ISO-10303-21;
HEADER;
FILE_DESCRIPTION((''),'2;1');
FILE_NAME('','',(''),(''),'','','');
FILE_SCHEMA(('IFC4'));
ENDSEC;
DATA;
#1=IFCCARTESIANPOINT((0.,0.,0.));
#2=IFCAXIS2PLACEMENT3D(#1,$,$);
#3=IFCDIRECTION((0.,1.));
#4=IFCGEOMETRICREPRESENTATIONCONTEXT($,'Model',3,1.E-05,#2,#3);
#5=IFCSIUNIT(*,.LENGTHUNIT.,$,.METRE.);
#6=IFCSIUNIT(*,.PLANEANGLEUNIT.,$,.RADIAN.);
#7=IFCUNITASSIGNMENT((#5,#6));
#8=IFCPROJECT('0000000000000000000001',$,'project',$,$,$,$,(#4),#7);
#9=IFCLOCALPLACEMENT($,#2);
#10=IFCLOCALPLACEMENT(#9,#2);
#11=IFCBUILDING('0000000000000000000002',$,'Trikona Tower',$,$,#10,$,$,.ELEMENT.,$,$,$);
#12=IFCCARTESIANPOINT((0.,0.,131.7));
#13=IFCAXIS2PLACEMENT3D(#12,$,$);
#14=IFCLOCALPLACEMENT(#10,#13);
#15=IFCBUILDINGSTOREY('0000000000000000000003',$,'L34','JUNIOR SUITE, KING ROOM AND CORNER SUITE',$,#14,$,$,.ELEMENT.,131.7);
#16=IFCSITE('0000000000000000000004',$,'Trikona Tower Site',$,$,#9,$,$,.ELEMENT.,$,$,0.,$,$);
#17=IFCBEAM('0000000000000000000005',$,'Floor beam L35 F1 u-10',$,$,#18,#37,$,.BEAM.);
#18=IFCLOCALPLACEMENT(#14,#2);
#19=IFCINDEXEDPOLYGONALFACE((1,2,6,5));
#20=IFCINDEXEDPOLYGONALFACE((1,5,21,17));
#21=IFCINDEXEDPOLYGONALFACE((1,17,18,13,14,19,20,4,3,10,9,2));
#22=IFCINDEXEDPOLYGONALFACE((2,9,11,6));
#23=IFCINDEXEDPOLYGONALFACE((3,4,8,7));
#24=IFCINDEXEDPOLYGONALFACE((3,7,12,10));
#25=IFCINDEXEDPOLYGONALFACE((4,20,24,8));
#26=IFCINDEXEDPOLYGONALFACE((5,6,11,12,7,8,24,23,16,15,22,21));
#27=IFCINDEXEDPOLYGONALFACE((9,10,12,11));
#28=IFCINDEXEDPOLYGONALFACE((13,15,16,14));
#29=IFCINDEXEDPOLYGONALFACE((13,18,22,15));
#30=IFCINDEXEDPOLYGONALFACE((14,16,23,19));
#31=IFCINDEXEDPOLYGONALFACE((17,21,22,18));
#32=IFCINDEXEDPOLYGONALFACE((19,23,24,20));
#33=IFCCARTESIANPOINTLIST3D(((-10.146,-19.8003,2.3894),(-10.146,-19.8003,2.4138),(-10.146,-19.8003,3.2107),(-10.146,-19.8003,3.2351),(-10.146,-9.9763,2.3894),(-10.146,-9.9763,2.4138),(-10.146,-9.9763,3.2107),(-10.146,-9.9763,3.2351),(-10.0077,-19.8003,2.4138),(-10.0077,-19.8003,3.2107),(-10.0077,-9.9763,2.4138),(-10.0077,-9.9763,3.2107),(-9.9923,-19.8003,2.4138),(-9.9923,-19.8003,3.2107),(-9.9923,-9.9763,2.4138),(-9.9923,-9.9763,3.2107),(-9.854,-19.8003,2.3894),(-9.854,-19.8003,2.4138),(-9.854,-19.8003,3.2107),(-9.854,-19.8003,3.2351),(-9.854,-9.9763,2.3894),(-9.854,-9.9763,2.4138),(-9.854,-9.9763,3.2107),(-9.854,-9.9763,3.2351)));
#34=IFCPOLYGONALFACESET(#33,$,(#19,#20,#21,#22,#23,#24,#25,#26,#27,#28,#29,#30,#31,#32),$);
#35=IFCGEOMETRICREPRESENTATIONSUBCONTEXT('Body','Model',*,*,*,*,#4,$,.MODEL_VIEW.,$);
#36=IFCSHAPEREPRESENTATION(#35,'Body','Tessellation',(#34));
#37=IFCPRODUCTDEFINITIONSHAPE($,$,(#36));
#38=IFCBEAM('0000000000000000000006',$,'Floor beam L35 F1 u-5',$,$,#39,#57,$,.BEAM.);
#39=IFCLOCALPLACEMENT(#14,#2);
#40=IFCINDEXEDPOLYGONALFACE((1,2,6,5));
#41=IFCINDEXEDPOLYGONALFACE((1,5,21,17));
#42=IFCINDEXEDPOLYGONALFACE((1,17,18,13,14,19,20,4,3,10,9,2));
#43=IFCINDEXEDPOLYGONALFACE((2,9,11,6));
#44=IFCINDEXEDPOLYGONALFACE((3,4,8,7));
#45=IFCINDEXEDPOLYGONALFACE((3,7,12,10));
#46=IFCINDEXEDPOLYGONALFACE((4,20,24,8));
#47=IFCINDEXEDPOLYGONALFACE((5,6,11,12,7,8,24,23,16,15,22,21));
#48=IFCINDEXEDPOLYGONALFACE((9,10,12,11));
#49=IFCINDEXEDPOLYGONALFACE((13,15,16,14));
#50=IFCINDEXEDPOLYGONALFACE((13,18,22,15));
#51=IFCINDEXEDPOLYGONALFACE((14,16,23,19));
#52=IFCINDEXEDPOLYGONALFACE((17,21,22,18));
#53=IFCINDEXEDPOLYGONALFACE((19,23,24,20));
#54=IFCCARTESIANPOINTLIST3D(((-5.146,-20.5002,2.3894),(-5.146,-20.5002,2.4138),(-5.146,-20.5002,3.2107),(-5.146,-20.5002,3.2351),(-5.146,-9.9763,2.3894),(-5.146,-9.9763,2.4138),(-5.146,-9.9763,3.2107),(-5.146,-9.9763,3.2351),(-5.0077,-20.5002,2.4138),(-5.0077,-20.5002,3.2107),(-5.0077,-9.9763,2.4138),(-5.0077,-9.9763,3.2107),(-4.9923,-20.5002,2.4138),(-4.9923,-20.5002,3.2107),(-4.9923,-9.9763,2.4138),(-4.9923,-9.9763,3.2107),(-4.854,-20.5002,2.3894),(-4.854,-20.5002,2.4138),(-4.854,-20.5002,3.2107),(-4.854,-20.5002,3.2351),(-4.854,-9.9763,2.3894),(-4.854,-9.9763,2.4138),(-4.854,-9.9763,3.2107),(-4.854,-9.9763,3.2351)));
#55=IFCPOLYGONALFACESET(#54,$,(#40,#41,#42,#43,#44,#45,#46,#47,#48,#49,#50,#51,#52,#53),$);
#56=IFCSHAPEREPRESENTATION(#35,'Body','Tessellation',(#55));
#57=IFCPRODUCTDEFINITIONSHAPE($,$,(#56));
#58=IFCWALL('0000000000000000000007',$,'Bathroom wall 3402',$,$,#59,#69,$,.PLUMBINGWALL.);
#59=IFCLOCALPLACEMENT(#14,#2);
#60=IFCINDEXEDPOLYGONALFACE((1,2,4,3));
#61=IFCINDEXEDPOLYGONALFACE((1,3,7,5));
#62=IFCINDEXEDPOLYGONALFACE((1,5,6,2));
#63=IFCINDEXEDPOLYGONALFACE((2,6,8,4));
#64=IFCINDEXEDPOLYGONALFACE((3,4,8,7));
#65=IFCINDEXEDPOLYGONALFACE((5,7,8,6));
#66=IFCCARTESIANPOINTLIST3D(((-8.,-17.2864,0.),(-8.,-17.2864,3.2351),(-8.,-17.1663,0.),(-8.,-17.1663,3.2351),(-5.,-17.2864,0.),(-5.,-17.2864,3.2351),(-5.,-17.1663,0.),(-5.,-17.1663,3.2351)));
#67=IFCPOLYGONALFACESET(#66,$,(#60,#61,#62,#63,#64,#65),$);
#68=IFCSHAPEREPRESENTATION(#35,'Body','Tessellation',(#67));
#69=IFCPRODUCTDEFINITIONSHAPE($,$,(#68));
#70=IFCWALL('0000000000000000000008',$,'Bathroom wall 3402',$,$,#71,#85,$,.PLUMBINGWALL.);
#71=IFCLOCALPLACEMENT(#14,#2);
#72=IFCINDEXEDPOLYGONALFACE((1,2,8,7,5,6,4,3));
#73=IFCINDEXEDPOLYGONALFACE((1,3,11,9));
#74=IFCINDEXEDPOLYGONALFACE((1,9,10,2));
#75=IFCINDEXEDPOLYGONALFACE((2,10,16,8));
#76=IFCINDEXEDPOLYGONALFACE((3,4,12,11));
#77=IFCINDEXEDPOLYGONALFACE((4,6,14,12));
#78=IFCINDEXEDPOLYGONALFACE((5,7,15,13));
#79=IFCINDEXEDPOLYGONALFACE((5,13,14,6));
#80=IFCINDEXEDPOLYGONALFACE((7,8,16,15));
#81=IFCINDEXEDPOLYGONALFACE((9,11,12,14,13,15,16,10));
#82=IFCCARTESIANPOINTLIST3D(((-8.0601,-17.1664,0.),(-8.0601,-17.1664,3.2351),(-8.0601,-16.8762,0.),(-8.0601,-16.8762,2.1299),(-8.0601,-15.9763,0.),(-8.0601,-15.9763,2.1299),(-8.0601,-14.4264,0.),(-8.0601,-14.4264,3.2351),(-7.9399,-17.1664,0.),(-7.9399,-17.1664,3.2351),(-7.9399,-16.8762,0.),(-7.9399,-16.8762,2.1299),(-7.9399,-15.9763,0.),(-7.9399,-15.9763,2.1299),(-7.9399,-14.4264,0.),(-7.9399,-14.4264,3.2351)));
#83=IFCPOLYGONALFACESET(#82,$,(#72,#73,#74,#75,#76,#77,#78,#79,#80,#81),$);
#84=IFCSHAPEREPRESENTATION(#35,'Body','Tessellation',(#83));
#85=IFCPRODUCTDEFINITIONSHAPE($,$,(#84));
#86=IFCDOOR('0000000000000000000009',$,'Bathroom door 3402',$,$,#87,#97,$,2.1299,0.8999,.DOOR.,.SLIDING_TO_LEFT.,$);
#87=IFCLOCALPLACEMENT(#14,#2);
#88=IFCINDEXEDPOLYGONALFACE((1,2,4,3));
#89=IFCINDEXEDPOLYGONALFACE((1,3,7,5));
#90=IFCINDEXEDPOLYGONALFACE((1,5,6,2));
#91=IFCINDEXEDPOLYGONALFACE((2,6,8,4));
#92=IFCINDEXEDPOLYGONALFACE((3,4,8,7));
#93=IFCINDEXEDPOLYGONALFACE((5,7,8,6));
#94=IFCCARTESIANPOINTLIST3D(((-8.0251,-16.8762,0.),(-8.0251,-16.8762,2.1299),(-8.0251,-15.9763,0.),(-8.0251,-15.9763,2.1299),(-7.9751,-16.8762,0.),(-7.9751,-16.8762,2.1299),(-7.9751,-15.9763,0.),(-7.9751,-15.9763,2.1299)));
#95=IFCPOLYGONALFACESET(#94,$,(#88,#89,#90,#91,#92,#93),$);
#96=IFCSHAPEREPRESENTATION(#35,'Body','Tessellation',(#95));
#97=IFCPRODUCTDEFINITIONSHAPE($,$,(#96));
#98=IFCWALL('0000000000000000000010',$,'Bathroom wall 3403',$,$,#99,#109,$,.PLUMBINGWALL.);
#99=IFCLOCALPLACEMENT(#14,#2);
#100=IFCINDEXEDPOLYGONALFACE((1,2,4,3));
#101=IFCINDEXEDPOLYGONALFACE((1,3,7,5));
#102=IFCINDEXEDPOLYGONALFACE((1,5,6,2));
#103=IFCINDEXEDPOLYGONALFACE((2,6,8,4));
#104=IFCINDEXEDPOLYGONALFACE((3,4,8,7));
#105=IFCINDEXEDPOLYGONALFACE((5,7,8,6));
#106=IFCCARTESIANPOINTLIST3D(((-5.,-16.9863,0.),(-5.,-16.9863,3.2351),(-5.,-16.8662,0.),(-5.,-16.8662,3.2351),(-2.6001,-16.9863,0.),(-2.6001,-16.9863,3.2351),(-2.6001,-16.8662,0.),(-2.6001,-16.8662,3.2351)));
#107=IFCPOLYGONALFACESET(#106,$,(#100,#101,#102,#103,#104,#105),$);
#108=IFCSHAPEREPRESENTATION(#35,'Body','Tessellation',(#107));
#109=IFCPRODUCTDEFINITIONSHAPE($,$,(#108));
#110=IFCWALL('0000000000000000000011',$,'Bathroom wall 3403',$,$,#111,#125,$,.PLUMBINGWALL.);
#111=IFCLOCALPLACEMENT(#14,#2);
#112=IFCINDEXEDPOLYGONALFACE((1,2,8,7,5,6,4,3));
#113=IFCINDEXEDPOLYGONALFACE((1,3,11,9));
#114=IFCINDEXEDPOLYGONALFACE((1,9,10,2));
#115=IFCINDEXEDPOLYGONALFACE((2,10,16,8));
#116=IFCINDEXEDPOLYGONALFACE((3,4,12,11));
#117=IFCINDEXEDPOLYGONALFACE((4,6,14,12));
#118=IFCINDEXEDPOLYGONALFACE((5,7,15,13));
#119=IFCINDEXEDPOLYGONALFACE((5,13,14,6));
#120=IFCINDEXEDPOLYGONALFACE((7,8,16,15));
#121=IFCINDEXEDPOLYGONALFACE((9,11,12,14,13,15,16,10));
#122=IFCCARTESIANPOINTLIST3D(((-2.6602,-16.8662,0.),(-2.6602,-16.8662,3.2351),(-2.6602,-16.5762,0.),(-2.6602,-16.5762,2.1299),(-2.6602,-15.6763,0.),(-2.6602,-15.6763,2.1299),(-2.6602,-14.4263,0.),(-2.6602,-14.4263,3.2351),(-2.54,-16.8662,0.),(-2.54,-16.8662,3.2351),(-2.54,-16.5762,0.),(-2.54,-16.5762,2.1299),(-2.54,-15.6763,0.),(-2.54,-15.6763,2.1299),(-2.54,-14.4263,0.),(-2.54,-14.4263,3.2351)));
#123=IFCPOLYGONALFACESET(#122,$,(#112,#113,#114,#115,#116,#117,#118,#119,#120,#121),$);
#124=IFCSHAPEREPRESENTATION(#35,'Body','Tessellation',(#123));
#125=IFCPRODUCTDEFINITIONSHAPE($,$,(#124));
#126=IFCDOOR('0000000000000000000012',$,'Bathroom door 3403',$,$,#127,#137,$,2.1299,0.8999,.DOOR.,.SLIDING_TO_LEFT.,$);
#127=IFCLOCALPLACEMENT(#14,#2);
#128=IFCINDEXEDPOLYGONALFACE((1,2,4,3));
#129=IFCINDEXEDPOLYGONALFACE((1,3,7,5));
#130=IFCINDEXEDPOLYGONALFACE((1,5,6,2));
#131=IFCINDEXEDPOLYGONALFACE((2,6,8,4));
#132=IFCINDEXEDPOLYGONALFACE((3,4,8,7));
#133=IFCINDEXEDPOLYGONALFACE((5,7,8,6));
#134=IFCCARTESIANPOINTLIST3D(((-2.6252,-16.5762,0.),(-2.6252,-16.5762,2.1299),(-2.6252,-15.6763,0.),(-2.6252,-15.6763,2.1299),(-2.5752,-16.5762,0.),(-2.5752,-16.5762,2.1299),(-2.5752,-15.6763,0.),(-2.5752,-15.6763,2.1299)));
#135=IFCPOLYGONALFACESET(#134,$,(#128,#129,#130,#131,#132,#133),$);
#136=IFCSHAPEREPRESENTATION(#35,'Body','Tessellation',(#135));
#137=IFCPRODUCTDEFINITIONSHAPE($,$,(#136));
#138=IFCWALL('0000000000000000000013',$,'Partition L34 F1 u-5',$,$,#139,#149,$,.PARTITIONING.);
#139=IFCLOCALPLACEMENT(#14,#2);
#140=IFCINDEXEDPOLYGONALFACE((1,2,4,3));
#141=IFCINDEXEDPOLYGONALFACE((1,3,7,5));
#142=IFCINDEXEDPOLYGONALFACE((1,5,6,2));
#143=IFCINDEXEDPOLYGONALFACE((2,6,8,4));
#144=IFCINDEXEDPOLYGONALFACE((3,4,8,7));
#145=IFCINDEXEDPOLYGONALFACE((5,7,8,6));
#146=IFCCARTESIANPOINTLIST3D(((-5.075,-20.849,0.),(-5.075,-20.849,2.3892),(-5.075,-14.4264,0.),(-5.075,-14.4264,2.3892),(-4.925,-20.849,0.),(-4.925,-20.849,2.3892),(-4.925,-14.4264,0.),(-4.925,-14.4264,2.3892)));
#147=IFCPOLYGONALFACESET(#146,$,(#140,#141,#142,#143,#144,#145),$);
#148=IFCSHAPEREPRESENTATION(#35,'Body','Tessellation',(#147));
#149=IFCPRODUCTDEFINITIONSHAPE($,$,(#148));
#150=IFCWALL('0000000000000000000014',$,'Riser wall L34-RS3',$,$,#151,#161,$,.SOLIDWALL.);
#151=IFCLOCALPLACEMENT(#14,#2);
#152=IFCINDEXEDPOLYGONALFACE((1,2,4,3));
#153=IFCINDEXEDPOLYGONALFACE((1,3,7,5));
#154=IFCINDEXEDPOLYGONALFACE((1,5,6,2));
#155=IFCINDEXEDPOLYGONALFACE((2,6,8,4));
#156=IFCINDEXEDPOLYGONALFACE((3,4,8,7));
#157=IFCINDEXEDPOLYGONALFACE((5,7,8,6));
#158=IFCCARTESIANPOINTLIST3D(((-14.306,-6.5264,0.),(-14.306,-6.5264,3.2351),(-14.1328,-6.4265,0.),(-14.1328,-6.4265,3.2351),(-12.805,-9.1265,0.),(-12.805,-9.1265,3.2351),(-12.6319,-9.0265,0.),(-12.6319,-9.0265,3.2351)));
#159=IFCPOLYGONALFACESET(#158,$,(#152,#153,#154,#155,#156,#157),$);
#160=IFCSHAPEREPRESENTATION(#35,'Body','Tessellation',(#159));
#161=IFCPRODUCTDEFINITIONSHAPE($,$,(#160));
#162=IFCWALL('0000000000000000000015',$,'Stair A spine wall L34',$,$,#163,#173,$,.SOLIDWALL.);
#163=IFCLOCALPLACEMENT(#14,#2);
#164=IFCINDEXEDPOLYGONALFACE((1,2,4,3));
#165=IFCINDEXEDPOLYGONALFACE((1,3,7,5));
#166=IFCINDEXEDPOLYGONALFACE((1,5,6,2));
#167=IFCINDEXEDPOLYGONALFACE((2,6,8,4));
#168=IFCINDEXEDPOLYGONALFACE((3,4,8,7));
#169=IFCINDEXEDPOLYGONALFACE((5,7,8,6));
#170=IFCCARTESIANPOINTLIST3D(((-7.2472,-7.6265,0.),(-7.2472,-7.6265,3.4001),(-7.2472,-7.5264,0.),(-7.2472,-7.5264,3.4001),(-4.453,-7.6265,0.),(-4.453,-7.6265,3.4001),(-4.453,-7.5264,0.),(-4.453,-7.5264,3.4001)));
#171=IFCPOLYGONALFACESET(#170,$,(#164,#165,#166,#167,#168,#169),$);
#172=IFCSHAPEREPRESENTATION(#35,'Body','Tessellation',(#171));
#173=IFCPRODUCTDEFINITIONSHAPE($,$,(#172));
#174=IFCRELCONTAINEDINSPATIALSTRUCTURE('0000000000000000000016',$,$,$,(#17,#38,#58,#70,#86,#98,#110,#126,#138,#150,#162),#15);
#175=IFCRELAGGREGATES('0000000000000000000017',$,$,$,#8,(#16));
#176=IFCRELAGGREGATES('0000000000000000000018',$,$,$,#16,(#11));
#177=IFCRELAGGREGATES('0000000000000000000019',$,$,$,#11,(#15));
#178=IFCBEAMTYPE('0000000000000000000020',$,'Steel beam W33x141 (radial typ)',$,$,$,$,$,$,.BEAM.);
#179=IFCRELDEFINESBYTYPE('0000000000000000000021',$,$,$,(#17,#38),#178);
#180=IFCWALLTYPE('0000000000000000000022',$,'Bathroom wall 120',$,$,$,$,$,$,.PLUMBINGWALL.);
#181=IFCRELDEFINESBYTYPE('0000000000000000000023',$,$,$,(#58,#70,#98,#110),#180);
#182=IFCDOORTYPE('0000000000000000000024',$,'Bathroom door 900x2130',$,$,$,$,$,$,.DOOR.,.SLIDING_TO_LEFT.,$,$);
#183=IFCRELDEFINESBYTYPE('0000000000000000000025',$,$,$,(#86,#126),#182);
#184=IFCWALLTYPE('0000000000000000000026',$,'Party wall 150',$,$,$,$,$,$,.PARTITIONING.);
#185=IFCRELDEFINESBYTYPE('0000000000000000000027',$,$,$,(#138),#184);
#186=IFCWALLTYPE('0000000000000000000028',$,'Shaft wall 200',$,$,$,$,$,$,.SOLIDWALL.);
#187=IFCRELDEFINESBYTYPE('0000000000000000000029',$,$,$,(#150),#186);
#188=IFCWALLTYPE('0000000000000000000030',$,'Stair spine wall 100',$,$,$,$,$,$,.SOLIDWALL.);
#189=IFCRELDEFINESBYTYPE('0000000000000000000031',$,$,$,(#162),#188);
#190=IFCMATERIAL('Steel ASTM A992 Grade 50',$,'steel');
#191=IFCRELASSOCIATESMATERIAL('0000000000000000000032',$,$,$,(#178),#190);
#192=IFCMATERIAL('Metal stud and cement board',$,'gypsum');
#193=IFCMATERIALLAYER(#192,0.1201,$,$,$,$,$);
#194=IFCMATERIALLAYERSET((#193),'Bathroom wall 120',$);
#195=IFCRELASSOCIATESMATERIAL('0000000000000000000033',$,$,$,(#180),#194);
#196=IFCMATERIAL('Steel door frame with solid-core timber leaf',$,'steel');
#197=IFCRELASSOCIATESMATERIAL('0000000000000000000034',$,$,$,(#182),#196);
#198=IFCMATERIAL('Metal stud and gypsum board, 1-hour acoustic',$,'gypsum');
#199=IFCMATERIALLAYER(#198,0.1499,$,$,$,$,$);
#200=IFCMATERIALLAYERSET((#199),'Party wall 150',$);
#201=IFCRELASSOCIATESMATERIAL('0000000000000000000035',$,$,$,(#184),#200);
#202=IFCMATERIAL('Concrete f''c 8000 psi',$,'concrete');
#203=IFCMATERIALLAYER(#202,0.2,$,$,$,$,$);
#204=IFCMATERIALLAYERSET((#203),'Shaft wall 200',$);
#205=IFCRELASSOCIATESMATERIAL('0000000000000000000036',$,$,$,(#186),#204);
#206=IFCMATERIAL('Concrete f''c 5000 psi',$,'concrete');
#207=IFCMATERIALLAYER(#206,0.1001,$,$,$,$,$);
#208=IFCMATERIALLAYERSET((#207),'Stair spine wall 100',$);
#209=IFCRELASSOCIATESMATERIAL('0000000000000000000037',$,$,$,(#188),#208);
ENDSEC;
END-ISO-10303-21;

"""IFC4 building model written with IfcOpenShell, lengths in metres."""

from ifc_helpers import new_model, si_unit, direction, frame, frame_2d, origin, origin_2d, place, context, subcontext, project, spatial, rectangle, i_section, extrude, material, layer, layer_set, material_profile, profile_set, type_object, element, fill, save


model = new_model("IFC4")

# Units and contexts
model_context = context("Model", 3, precision=1e-05, world=origin(), true_north=direction((0.0, 1.0)))
body_context = subcontext(model_context, "Body", "Model", "MODEL_VIEW")
ifc_project = project(units=[si_unit("LENGTHUNIT", "METRE"), si_unit("PLANEANGLEUNIT", "RADIAN")], contexts=[model_context])

# Site, building, storey
site_placement = place(None, origin())
site = spatial("IfcSite", under=ifc_project, at=site_placement, Name="Trikona Tower Site", CompositionType="ELEMENT", RefElevation=0.0)
building_placement = place(site_placement, origin())
building = spatial("IfcBuilding", under=site, at=building_placement, Name="Trikona Tower", CompositionType="ELEMENT")
storey_placement = place(building_placement, frame((0.0, 0.0, 131.7)))
storey = spatial("IfcBuildingStorey", under=building, at=storey_placement, Name="L34", Description="JUNIOR SUITE, KING ROOM AND CORNER SUITE", CompositionType="ELEMENT", Elevation=131.7)

# Beams
ifc_material_1 = material(Name="Steel ASTM A992 Grade 50", Category="steel")
ifc_material_profile = material_profile(ifc_material_1, i_section(OverallWidth=0.292, OverallDepth=0.8457, WebThickness=0.0154, FlangeThickness=0.0244, at=origin_2d()), Name="W33X141")
ifc_profile_set = profile_set([ifc_material_profile], Name="Steel ASTM A992 Grade 50")
beam_type = type_object("IfcBeamType", Name="Steel beam W33x141 (radial typ)", PredefinedType="BEAM", material=ifc_profile_set)
beam_1_placement = place(storey_placement, frame((-10.0, -9.9763, 2.8123), z_axis=(0.0, -1.0, 0.0), x_axis=(1.0, 0.0, 0.0)))
element("IfcBeam", 1, at=beam_1_placement, inside=storey, type_object=beam_type, Name="Floor beam L35 F1 u-10", PredefinedType="BEAM", context=body_context, shape_type="SweptSolid", body=[
    extrude(i_section(OverallWidth=0.292, OverallDepth=0.8457, WebThickness=0.0154, FlangeThickness=0.0244, at=origin_2d()), origin(), (0.0, 0.0, 1.0), 9.824),
])
beam_2_placement = place(storey_placement, frame((-5.0, -9.9763, 2.8123), z_axis=(0.0, -1.0, 0.0), x_axis=(1.0, 0.0, 0.0)))
element("IfcBeam", 2, at=beam_2_placement, inside=storey, type_object=beam_type, Name="Floor beam L35 F1 u-5", PredefinedType="BEAM", context=body_context, shape_type="SweptSolid", body=[
    extrude(i_section(OverallWidth=0.292, OverallDepth=0.8457, WebThickness=0.0154, FlangeThickness=0.0244, at=origin_2d()), origin(), (0.0, 0.0, 1.0), 10.5239),
])

# Wall
ifc_material_2 = material(Name="Metal stud and cement board", Category="gypsum")
ifc_layer_1 = layer(ifc_material_2, 0.1201)
ifc_layer_set_1 = layer_set([ifc_layer_1], Name="Bathroom wall 120")
wall_type_1 = type_object("IfcWallType", Name="Bathroom wall 120", PredefinedType="PLUMBINGWALL", material=ifc_layer_set_1)
wall_1_placement = place(storey_placement, frame((-8.0, -17.2263, 0.0), z_axis=(0.0, 0.0, 1.0), x_axis=(1.0, 0.0, 0.0)))
element("IfcWall", 3, at=wall_1_placement, inside=storey, type_object=wall_type_1, Name="Bathroom wall 3402", PredefinedType="PLUMBINGWALL", context=body_context, shape_type="SweptSolid", body=[
    extrude(rectangle(XDim=3.0, YDim=0.1201, at=frame_2d((1.5, 0.0))), origin(), (0.0, 0.0, 1.0), 3.2351),
])

# Wall, opening, door
wall_2_placement = place(storey_placement, frame((-8.0, -14.4263, 0.0), z_axis=(0.0, 0.0, 1.0), x_axis=(0.0, -1.0, 0.0)))
wall_2 = element("IfcWall", 4, at=wall_2_placement, inside=storey, type_object=wall_type_1, Name="Bathroom wall 3402", PredefinedType="PLUMBINGWALL", context=body_context, shape_type="SweptSolid", body=[
    extrude(rectangle(XDim=2.74, YDim=0.1201, at=frame_2d((1.3701, 0.0))), origin(), (0.0, 0.0, 1.0), 3.2351),
])
opening_1_placement = place(wall_2_placement, frame((1.55, 0.0, 0.0)))
opening_1 = element("IfcOpeningElement", 5, at=opening_1_placement, cuts=wall_2, PredefinedType="OPENING", context=body_context, shape_type="SweptSolid", body=[
    extrude(rectangle(XDim=0.8999, YDim=2.1299, at=frame_2d((0.45, 1.0649))), frame((0.0, 0.0701, 0.0), z_axis=(0.0, -1.0, 0.0), x_axis=(1.0, 0.0, 0.0)), (0.0, 0.0, 1.0), 0.1401),
])
ifc_material_3 = material(Name="Steel door frame with solid-core timber leaf", Category="steel")
door_type_1 = type_object("IfcDoorType", Name="Bathroom door 900x2130", OperationType="SLIDING_TO_LEFT", PredefinedType="DOOR", material=ifc_material_3)
door_1_placement = place(opening_1_placement, origin())
door_1 = element("IfcDoor", 6, at=door_1_placement, inside=storey, type_object=door_type_1, Name="Bathroom door 3402", OperationType="SLIDING_TO_LEFT", OverallHeight=2.1299, OverallWidth=0.8999, PredefinedType="DOOR", context=body_context, shape_type="SweptSolid", body=[
    extrude(rectangle(XDim=0.8999, YDim=2.1299, at=frame_2d((0.45, 1.0649))), frame((0.0, 0.0249, 0.0), z_axis=(0.0, -1.0, 0.0), x_axis=(1.0, 0.0, 0.0)), (0.0, 0.0, 1.0), 0.05),
])
fill(opening_1, door_1)

# Wall
wall_3_placement = place(storey_placement, frame((-5.0, -16.9263, 0.0), z_axis=(0.0, 0.0, 1.0), x_axis=(1.0, 0.0, 0.0)))
element("IfcWall", 7, at=wall_3_placement, inside=storey, type_object=wall_type_1, Name="Bathroom wall 3403", PredefinedType="PLUMBINGWALL", context=body_context, shape_type="SweptSolid", body=[
    extrude(rectangle(XDim=2.3999, YDim=0.1201, at=frame_2d((1.2, 0.0))), origin(), (0.0, 0.0, 1.0), 3.2351),
])

# Wall, opening, door
wall_4_placement = place(storey_placement, frame((-2.6001, -14.4263, 0.0), z_axis=(0.0, 0.0, 1.0), x_axis=(0.0, -1.0, 0.0)))
wall_4 = element("IfcWall", 8, at=wall_4_placement, inside=storey, type_object=wall_type_1, Name="Bathroom wall 3403", PredefinedType="PLUMBINGWALL", context=body_context, shape_type="SweptSolid", body=[
    extrude(rectangle(XDim=2.4399, YDim=0.1201, at=frame_2d((1.22, 0.0))), origin(), (0.0, 0.0, 1.0), 3.2351),
])
opening_2_placement = place(wall_4_placement, frame((1.25, 0.0, 0.0)))
opening_2 = element("IfcOpeningElement", 9, at=opening_2_placement, cuts=wall_4, PredefinedType="OPENING", context=body_context, shape_type="SweptSolid", body=[
    extrude(rectangle(XDim=0.8999, YDim=2.1299, at=frame_2d((0.45, 1.0649))), frame((0.0, 0.0701, 0.0), z_axis=(0.0, -1.0, 0.0), x_axis=(1.0, 0.0, 0.0)), (0.0, 0.0, 1.0), 0.1401),
])
door_2_placement = place(opening_2_placement, origin())
door_2 = element("IfcDoor", 10, at=door_2_placement, inside=storey, type_object=door_type_1, Name="Bathroom door 3403", OperationType="SLIDING_TO_LEFT", OverallHeight=2.1299, OverallWidth=0.8999, PredefinedType="DOOR", context=body_context, shape_type="SweptSolid", body=[
    extrude(rectangle(XDim=0.8999, YDim=2.1299, at=frame_2d((0.45, 1.0649))), frame((0.0, 0.0249, 0.0), z_axis=(0.0, -1.0, 0.0), x_axis=(1.0, 0.0, 0.0)), (0.0, 0.0, 1.0), 0.05),
])
fill(opening_2, door_2)

# Walls
ifc_material_4 = material(Name="Metal stud and gypsum board, 1-hour acoustic", Category="gypsum")
ifc_layer_2 = layer(ifc_material_4, 0.1499)
ifc_layer_set_2 = layer_set([ifc_layer_2], Name="Party wall 150")
wall_type_2 = type_object("IfcWallType", Name="Party wall 150", PredefinedType="PARTITIONING", material=ifc_layer_set_2)
wall_5_placement = place(storey_placement, frame((-5.0, -14.4263, 0.0), z_axis=(0.0, 0.0, 1.0), x_axis=(0.0, -1.0, 0.0)))
element("IfcWall", 11, at=wall_5_placement, inside=storey, type_object=wall_type_2, Name="Partition L34 F1 u-5", PredefinedType="PARTITIONING", context=body_context, shape_type="SweptSolid", body=[
    extrude(rectangle(XDim=6.4226, YDim=0.1499, at=frame_2d((3.2114, 0.0))), origin(), (0.0, 0.0, 1.0), 2.3892),
])
ifc_material_5 = material(Name="Concrete f'c 8000 psi", Category="concrete")
ifc_layer_3 = layer(ifc_material_5, 0.2)
ifc_layer_set_3 = layer_set([ifc_layer_3], Name="Shaft wall 200")
wall_type_3 = type_object("IfcWallType", Name="Shaft wall 200", PredefinedType="SOLIDWALL", material=ifc_layer_set_3)
wall_6_placement = place(storey_placement, frame((-12.7185, -9.0764, 0.0), z_axis=(0.0, 0.0, 1.0), x_axis=(-0.499952, 0.866053, 0.0)))
element("IfcWall", 12, at=wall_6_placement, inside=storey, type_object=wall_type_3, Name="Riser wall L34-RS3", PredefinedType="SOLIDWALL", context=body_context, shape_type="SweptSolid", body=[
    extrude(rectangle(XDim=3.0022, YDim=0.2, at=frame_2d((1.501, 0.0))), origin(), (0.0, 0.0, 1.0), 3.2351),
])
ifc_material_6 = material(Name="Concrete f'c 5000 psi", Category="concrete")
ifc_layer_4 = layer(ifc_material_6, 0.1001)
ifc_layer_set_4 = layer_set([ifc_layer_4], Name="Stair spine wall 100")
wall_type_4 = type_object("IfcWallType", Name="Stair spine wall 100", PredefinedType="SOLIDWALL", material=ifc_layer_set_4)
wall_7_placement = place(storey_placement, frame((-7.2471, -7.5764, 0.0), z_axis=(0.0, 0.0, 1.0), x_axis=(1.0, 0.0, 0.0)))
element("IfcWall", 13, at=wall_7_placement, inside=storey, type_object=wall_type_4, Name="Stair A spine wall L34", PredefinedType="SOLIDWALL", context=body_context, shape_type="SweptSolid", body=[
    extrude(rectangle(XDim=2.7942, YDim=0.1001, at=frame_2d((1.397, 0.0))), origin(), (0.0, 0.0, 1.0), 3.4001),
])

save(model, "model.ifc")
